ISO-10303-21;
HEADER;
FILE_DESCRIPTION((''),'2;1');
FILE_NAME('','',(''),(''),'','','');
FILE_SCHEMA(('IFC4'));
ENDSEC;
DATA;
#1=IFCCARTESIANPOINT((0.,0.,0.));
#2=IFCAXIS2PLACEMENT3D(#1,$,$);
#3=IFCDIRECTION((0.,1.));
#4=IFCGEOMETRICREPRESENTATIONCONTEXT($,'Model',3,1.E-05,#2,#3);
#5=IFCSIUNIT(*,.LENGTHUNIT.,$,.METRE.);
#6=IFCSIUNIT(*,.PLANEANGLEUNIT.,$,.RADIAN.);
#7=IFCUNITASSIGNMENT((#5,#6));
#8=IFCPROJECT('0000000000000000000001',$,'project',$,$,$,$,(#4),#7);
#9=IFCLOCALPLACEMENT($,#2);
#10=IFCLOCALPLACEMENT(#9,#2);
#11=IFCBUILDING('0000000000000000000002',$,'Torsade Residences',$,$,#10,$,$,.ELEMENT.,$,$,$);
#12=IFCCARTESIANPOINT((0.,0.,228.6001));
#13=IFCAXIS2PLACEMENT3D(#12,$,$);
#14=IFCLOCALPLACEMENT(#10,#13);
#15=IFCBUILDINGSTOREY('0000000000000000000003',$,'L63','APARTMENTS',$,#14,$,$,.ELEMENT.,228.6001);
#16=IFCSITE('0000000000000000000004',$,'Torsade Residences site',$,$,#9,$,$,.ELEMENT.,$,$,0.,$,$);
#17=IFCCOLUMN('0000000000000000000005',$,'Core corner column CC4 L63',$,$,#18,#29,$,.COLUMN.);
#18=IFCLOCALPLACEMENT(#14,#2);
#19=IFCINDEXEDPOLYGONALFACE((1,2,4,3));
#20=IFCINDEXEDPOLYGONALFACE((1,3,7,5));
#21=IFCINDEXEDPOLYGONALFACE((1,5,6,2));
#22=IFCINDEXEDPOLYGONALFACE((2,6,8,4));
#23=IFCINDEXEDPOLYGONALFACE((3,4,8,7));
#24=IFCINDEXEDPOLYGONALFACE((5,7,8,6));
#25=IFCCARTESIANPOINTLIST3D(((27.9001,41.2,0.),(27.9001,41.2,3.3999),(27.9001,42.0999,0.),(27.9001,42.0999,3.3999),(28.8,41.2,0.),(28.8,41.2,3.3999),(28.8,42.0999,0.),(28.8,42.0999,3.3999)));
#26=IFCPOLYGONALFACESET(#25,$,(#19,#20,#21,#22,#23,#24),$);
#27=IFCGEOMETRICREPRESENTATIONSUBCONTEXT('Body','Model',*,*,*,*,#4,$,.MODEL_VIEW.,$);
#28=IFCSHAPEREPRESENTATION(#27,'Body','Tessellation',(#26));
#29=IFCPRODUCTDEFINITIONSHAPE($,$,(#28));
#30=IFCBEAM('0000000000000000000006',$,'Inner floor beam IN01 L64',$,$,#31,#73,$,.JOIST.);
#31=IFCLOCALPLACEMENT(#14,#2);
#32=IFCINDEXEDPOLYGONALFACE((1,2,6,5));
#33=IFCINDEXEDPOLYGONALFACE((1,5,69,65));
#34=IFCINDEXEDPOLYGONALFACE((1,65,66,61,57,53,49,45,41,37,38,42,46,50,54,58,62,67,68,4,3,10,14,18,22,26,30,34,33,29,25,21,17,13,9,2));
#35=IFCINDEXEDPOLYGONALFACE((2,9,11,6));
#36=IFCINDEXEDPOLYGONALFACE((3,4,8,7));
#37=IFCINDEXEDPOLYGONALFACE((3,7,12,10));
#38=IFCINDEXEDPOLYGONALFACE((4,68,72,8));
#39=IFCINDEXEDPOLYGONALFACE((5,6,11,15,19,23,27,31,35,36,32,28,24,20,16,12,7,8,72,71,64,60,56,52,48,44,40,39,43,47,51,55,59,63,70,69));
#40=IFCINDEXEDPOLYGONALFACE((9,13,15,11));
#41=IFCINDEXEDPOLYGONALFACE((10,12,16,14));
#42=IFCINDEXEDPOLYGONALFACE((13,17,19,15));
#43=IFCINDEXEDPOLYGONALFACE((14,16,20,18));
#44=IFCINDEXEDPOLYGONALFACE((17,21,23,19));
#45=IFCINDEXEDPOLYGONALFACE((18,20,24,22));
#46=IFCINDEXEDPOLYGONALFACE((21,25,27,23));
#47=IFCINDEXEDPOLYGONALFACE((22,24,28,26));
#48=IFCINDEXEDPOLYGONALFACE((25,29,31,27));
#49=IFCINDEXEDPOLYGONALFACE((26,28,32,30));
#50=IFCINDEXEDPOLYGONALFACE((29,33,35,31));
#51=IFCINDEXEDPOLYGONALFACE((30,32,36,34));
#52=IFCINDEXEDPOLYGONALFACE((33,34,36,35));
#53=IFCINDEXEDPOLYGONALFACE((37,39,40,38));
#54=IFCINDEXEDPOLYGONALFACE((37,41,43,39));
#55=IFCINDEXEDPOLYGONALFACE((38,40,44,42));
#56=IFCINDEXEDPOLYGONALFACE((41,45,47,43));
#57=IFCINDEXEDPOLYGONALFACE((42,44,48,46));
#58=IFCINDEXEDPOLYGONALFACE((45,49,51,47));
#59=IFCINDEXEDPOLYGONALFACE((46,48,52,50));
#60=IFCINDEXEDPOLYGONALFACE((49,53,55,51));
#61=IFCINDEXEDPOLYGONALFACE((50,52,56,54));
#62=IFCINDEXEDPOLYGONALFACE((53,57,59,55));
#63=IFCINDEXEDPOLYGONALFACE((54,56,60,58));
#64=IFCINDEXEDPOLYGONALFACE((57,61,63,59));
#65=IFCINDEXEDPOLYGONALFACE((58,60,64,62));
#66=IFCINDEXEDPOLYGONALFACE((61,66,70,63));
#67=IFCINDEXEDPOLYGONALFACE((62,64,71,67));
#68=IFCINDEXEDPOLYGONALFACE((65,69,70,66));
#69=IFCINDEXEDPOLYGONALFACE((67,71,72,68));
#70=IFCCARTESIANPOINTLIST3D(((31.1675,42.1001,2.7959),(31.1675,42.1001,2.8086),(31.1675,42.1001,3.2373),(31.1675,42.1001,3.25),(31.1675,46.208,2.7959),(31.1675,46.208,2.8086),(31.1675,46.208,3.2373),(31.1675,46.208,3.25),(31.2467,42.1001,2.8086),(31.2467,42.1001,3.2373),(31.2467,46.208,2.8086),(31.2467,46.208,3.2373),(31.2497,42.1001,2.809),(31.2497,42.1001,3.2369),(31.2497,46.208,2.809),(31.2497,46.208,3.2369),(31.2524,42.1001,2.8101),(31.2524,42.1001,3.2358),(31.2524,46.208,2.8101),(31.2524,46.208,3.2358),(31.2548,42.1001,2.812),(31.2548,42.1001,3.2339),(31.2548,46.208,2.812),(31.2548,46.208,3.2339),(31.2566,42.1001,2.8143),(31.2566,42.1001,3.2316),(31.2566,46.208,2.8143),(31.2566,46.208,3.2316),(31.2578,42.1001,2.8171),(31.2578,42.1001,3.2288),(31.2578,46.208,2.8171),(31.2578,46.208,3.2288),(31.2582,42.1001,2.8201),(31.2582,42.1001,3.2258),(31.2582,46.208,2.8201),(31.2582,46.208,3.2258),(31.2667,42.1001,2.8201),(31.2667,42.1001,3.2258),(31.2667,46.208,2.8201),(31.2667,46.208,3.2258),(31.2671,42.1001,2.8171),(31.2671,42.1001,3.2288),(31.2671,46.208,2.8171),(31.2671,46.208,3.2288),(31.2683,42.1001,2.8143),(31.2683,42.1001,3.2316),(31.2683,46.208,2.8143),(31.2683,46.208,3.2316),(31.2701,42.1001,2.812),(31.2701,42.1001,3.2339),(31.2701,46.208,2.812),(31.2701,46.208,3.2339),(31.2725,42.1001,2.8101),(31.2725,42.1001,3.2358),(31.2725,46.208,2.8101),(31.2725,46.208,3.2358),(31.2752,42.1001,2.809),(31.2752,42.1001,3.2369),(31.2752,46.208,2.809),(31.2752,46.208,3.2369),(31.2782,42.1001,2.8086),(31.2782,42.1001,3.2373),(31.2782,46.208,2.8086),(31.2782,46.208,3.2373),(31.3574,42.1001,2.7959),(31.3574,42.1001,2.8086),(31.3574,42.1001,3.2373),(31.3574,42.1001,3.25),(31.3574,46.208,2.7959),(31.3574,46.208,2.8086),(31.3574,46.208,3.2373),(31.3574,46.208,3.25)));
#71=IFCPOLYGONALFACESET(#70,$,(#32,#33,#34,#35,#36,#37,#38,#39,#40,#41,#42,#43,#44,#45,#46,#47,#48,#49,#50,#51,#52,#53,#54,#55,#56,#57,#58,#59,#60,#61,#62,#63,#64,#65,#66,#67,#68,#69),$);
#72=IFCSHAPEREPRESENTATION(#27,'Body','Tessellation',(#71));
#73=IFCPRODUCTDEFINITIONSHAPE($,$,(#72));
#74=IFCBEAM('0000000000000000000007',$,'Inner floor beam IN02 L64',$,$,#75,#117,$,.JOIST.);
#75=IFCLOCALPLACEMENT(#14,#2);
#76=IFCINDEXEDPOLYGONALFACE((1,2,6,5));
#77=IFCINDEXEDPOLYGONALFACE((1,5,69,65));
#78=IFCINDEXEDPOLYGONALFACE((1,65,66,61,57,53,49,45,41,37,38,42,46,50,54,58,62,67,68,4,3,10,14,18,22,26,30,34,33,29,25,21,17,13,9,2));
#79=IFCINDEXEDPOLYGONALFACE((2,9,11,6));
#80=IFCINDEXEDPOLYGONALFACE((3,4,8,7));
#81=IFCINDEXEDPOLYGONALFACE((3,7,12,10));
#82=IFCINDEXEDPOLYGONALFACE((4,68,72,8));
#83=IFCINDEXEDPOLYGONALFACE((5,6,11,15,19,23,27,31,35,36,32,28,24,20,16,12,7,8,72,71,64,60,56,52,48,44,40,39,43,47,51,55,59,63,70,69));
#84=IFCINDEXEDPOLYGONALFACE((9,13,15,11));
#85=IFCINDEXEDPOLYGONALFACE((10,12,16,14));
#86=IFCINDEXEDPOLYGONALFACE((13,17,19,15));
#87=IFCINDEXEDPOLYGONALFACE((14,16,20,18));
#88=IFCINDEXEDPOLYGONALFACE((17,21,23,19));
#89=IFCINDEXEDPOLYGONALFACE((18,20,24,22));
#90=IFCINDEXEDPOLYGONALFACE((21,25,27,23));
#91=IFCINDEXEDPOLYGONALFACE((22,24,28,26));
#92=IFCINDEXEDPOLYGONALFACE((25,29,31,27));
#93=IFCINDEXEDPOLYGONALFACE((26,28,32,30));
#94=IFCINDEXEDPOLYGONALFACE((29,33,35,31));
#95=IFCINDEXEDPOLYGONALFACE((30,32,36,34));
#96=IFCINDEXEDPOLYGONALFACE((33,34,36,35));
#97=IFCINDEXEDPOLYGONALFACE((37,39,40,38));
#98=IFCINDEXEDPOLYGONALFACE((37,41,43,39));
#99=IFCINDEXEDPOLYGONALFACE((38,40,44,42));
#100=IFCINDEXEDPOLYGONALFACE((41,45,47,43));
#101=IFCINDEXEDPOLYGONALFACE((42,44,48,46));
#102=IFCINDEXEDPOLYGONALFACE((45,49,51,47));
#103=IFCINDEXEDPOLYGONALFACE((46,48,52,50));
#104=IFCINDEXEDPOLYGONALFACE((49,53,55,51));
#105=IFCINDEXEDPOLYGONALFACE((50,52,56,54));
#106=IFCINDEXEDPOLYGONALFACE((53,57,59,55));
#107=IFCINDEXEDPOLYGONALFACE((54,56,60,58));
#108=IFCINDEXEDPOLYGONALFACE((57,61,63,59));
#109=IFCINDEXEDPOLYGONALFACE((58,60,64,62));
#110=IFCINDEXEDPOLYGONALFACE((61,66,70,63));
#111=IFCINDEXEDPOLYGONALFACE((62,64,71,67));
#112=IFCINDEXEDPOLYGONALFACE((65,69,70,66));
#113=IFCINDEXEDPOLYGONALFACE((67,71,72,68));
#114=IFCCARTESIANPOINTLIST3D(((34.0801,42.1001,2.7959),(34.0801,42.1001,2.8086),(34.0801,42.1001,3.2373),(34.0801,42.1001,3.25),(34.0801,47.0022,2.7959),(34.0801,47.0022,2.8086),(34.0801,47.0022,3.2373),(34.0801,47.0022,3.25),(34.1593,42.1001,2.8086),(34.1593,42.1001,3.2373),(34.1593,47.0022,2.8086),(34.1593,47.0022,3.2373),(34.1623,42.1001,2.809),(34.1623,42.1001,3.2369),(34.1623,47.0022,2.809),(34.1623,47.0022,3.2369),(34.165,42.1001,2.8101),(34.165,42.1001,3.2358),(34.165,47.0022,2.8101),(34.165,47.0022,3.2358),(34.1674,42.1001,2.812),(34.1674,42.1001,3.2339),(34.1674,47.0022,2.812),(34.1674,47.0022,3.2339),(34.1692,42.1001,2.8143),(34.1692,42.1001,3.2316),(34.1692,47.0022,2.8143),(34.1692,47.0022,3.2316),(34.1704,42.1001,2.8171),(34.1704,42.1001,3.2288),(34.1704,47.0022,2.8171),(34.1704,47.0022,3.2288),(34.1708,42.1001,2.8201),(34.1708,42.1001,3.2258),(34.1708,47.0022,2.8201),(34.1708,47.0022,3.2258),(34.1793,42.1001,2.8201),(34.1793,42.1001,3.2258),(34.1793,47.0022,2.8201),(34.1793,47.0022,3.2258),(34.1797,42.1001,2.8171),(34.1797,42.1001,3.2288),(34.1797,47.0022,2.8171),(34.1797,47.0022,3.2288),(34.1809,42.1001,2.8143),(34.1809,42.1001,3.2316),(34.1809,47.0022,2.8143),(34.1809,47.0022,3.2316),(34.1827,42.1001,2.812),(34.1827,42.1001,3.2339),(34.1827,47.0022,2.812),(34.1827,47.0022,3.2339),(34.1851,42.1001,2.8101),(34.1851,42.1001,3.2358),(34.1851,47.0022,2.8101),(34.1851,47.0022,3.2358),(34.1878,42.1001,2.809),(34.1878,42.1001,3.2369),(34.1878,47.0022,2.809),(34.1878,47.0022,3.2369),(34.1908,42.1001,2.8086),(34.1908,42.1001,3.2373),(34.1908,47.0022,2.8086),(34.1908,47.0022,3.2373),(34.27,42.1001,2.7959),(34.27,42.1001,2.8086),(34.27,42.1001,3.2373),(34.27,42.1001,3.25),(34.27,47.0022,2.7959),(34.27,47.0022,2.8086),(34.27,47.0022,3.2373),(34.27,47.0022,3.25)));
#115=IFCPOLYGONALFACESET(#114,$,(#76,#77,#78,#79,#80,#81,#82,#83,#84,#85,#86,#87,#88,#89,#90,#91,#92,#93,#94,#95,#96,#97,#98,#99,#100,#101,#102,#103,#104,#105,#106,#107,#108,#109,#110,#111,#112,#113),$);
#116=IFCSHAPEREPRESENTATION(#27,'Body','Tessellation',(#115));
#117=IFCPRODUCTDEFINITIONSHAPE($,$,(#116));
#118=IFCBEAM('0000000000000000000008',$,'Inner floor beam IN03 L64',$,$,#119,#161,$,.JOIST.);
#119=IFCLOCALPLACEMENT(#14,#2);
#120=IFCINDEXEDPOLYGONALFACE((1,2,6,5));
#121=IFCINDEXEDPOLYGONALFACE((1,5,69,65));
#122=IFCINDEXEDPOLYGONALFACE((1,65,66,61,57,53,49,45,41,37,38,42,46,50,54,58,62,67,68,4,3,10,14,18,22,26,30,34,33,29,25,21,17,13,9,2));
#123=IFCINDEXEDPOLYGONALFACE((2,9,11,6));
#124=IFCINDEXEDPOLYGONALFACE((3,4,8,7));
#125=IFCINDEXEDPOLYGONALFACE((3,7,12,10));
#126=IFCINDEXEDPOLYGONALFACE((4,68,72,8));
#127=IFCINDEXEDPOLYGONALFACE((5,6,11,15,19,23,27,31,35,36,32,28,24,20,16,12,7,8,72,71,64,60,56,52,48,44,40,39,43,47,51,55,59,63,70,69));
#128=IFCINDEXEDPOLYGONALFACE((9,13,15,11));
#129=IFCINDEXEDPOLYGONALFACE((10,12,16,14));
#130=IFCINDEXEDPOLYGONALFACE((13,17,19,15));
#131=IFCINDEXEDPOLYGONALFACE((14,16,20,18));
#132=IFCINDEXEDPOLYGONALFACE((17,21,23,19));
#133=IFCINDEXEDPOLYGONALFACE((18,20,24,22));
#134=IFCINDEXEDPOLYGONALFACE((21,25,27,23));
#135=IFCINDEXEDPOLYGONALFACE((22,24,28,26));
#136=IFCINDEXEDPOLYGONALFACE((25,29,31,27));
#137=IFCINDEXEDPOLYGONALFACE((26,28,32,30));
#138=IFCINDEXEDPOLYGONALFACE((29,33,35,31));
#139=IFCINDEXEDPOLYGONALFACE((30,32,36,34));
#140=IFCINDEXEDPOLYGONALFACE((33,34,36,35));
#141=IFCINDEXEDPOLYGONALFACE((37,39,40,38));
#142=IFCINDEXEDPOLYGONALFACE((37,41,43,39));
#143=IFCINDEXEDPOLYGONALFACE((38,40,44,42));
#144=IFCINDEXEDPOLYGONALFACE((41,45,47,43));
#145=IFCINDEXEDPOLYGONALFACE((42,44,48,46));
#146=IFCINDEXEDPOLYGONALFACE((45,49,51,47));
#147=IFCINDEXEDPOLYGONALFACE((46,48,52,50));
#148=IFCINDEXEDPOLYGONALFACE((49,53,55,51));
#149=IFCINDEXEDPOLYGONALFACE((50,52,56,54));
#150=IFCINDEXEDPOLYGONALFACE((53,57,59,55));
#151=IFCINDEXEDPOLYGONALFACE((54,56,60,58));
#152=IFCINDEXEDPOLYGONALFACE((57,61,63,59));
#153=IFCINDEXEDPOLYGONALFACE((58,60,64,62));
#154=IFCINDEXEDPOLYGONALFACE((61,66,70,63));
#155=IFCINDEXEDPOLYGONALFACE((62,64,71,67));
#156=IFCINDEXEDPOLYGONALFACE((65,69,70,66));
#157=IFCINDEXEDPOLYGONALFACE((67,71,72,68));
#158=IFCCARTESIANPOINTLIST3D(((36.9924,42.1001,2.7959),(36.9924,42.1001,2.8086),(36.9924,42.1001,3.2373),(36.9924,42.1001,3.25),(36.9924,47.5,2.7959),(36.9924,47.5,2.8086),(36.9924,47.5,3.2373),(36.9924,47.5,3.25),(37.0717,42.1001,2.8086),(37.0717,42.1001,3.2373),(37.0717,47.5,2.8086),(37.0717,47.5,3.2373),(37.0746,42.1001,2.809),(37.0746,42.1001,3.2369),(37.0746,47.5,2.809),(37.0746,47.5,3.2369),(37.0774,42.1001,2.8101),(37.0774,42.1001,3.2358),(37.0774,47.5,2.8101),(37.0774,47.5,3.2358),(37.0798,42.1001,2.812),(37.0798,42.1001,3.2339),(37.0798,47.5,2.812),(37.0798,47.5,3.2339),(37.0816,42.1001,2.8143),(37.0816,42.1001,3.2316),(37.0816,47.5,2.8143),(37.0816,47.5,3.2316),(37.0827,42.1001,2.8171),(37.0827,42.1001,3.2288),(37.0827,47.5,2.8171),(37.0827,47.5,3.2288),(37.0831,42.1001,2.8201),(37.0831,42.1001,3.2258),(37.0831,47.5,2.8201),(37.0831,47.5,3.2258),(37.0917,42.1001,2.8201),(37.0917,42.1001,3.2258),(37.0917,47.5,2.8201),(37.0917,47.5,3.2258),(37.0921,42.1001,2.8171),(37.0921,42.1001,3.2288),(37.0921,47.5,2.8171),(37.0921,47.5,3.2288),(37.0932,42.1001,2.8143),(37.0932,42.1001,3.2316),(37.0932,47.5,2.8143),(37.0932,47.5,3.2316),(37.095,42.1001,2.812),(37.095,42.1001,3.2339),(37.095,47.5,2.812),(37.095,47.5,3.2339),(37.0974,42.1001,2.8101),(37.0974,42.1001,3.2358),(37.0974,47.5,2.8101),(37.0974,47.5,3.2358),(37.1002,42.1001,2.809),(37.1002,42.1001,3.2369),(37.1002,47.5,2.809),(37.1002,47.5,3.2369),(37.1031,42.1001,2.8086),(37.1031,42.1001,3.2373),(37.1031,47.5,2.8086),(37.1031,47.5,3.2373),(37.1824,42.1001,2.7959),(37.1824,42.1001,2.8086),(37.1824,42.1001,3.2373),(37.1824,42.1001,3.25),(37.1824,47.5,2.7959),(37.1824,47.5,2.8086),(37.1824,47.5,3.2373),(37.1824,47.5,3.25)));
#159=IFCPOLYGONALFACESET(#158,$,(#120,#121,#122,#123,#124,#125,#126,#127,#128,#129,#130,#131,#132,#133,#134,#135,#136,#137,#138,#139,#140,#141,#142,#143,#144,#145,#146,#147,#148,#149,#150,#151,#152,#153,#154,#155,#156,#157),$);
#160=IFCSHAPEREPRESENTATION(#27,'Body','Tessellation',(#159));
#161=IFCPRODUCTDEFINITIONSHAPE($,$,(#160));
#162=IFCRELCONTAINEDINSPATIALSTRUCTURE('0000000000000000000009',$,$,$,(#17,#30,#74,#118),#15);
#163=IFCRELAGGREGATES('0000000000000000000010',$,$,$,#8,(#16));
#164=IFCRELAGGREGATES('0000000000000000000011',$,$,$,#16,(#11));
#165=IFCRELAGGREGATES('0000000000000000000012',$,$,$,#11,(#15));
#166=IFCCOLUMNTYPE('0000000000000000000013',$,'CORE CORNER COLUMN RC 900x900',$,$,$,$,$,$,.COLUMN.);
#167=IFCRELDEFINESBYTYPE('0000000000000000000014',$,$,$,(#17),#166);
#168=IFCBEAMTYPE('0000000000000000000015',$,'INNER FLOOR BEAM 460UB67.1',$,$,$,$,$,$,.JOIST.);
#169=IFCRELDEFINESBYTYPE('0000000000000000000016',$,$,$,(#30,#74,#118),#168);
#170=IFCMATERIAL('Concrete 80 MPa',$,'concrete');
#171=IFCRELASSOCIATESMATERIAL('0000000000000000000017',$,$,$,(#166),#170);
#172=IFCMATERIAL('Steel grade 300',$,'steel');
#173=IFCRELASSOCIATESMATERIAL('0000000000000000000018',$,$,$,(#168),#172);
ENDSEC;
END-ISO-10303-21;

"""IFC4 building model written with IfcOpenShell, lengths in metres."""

from ifc_helpers import new_model, si_unit, direction, frame, origin, origin_2d, place, context, subcontext, project, spatial, rectangle, i_section, extrude, material, material_profile, profile_set, type_object, element, save


model = new_model("IFC4")

# Units and contexts
model_context = context("Model", 3, precision=1e-05, world=origin(), true_north=direction((0.0, 1.0)))
body_context = subcontext(model_context, "Body", "Model", "MODEL_VIEW")
ifc_project = project(units=[si_unit("LENGTHUNIT", "METRE"), si_unit("PLANEANGLEUNIT", "RADIAN")], contexts=[model_context])

# Site, building, storey
site_placement = place(None, origin())
site = spatial("IfcSite", under=ifc_project, at=site_placement, Name="Torsade Residences site", CompositionType="ELEMENT", RefElevation=0.0)
building_placement = place(site_placement, origin())
building = spatial("IfcBuilding", under=site, at=building_placement, Name="Torsade Residences", CompositionType="ELEMENT")
storey_placement = place(building_placement, frame((0.0, 0.0, 228.6001)))
storey = spatial("IfcBuildingStorey", under=building, at=storey_placement, Name="L63", Description="APARTMENTS", CompositionType="ELEMENT", Elevation=228.6001)

# Column
ifc_material_1 = material(Name="Concrete 80 MPa", Category="concrete")
ifc_material_profile_1 = material_profile(ifc_material_1, rectangle(XDim=0.8999, YDim=0.8999, at=origin_2d()), Name="RC 900x900")
ifc_profile_set_1 = profile_set([ifc_material_profile_1], Name="Concrete 80 MPa")
column_type = type_object("IfcColumnType", Name="CORE CORNER COLUMN RC 900x900", PredefinedType="COLUMN", material=ifc_profile_set_1)
column_placement = place(storey_placement, frame((28.3501, 41.6499, 0.0), z_axis=(0.0, 0.0, 1.0), x_axis=(1.0, 0.0, 0.0)))
element("IfcColumn", 1, at=column_placement, inside=storey, type_object=column_type, Name="Core corner column CC4 L63", PredefinedType="COLUMN", context=body_context, shape_type="SweptSolid", body=[
    extrude(rectangle(XDim=0.8999, YDim=0.8999, at=origin_2d()), origin(), (0.0, 0.0, 1.0), 3.3999),
])

# Beams
ifc_material_2 = material(Name="Steel grade 300", Category="steel")
ifc_material_profile_2 = material_profile(ifc_material_2, i_section(OverallWidth=0.1899, OverallDepth=0.4541, WebThickness=0.0085, FlangeThickness=0.0127, FilletRadius=0.0115, at=origin_2d()), Name="460UB67.1")
ifc_profile_set_2 = profile_set([ifc_material_profile_2], Name="Steel grade 300")
beam_type = type_object("IfcBeamType", Name="INNER FLOOR BEAM 460UB67.1", PredefinedType="JOIST", material=ifc_profile_set_2)
beam_1_placement = place(storey_placement, frame((31.2625, 42.1001, 3.0229), z_axis=(0.0, 1.0, 0.0), x_axis=(-1.0, 0.0, 0.0)))
element("IfcBeam", 2, at=beam_1_placement, inside=storey, type_object=beam_type, Name="Inner floor beam IN01 L64", PredefinedType="JOIST", context=body_context, shape_type="SweptSolid", body=[
    extrude(i_section(OverallWidth=0.1899, OverallDepth=0.4541, WebThickness=0.0085, FlangeThickness=0.0127, FilletRadius=0.0115, at=origin_2d()), origin(), (0.0, 0.0, 1.0), 4.1079),
])
beam_2_placement = place(storey_placement, frame((34.175, 42.1001, 3.0229), z_axis=(0.0, 1.0, 0.0), x_axis=(-1.0, 0.0, 0.0)))
element("IfcBeam", 3, at=beam_2_placement, inside=storey, type_object=beam_type, Name="Inner floor beam IN02 L64", PredefinedType="JOIST", context=body_context, shape_type="SweptSolid", body=[
    extrude(i_section(OverallWidth=0.1899, OverallDepth=0.4541, WebThickness=0.0085, FlangeThickness=0.0127, FilletRadius=0.0115, at=origin_2d()), origin(), (0.0, 0.0, 1.0), 4.9021),
])
beam_3_placement = place(storey_placement, frame((37.0874, 42.1001, 3.0229), z_axis=(0.0, 1.0, 0.0), x_axis=(-1.0, 0.0, 0.0)))
element("IfcBeam", 4, at=beam_3_placement, inside=storey, type_object=beam_type, Name="Inner floor beam IN03 L64", PredefinedType="JOIST", context=body_context, shape_type="SweptSolid", body=[
    extrude(i_section(OverallWidth=0.1899, OverallDepth=0.4541, WebThickness=0.0085, FlangeThickness=0.0127, FilletRadius=0.0115, at=origin_2d()), origin(), (0.0, 0.0, 1.0), 5.3999),
])

save(model, "model.ifc")
